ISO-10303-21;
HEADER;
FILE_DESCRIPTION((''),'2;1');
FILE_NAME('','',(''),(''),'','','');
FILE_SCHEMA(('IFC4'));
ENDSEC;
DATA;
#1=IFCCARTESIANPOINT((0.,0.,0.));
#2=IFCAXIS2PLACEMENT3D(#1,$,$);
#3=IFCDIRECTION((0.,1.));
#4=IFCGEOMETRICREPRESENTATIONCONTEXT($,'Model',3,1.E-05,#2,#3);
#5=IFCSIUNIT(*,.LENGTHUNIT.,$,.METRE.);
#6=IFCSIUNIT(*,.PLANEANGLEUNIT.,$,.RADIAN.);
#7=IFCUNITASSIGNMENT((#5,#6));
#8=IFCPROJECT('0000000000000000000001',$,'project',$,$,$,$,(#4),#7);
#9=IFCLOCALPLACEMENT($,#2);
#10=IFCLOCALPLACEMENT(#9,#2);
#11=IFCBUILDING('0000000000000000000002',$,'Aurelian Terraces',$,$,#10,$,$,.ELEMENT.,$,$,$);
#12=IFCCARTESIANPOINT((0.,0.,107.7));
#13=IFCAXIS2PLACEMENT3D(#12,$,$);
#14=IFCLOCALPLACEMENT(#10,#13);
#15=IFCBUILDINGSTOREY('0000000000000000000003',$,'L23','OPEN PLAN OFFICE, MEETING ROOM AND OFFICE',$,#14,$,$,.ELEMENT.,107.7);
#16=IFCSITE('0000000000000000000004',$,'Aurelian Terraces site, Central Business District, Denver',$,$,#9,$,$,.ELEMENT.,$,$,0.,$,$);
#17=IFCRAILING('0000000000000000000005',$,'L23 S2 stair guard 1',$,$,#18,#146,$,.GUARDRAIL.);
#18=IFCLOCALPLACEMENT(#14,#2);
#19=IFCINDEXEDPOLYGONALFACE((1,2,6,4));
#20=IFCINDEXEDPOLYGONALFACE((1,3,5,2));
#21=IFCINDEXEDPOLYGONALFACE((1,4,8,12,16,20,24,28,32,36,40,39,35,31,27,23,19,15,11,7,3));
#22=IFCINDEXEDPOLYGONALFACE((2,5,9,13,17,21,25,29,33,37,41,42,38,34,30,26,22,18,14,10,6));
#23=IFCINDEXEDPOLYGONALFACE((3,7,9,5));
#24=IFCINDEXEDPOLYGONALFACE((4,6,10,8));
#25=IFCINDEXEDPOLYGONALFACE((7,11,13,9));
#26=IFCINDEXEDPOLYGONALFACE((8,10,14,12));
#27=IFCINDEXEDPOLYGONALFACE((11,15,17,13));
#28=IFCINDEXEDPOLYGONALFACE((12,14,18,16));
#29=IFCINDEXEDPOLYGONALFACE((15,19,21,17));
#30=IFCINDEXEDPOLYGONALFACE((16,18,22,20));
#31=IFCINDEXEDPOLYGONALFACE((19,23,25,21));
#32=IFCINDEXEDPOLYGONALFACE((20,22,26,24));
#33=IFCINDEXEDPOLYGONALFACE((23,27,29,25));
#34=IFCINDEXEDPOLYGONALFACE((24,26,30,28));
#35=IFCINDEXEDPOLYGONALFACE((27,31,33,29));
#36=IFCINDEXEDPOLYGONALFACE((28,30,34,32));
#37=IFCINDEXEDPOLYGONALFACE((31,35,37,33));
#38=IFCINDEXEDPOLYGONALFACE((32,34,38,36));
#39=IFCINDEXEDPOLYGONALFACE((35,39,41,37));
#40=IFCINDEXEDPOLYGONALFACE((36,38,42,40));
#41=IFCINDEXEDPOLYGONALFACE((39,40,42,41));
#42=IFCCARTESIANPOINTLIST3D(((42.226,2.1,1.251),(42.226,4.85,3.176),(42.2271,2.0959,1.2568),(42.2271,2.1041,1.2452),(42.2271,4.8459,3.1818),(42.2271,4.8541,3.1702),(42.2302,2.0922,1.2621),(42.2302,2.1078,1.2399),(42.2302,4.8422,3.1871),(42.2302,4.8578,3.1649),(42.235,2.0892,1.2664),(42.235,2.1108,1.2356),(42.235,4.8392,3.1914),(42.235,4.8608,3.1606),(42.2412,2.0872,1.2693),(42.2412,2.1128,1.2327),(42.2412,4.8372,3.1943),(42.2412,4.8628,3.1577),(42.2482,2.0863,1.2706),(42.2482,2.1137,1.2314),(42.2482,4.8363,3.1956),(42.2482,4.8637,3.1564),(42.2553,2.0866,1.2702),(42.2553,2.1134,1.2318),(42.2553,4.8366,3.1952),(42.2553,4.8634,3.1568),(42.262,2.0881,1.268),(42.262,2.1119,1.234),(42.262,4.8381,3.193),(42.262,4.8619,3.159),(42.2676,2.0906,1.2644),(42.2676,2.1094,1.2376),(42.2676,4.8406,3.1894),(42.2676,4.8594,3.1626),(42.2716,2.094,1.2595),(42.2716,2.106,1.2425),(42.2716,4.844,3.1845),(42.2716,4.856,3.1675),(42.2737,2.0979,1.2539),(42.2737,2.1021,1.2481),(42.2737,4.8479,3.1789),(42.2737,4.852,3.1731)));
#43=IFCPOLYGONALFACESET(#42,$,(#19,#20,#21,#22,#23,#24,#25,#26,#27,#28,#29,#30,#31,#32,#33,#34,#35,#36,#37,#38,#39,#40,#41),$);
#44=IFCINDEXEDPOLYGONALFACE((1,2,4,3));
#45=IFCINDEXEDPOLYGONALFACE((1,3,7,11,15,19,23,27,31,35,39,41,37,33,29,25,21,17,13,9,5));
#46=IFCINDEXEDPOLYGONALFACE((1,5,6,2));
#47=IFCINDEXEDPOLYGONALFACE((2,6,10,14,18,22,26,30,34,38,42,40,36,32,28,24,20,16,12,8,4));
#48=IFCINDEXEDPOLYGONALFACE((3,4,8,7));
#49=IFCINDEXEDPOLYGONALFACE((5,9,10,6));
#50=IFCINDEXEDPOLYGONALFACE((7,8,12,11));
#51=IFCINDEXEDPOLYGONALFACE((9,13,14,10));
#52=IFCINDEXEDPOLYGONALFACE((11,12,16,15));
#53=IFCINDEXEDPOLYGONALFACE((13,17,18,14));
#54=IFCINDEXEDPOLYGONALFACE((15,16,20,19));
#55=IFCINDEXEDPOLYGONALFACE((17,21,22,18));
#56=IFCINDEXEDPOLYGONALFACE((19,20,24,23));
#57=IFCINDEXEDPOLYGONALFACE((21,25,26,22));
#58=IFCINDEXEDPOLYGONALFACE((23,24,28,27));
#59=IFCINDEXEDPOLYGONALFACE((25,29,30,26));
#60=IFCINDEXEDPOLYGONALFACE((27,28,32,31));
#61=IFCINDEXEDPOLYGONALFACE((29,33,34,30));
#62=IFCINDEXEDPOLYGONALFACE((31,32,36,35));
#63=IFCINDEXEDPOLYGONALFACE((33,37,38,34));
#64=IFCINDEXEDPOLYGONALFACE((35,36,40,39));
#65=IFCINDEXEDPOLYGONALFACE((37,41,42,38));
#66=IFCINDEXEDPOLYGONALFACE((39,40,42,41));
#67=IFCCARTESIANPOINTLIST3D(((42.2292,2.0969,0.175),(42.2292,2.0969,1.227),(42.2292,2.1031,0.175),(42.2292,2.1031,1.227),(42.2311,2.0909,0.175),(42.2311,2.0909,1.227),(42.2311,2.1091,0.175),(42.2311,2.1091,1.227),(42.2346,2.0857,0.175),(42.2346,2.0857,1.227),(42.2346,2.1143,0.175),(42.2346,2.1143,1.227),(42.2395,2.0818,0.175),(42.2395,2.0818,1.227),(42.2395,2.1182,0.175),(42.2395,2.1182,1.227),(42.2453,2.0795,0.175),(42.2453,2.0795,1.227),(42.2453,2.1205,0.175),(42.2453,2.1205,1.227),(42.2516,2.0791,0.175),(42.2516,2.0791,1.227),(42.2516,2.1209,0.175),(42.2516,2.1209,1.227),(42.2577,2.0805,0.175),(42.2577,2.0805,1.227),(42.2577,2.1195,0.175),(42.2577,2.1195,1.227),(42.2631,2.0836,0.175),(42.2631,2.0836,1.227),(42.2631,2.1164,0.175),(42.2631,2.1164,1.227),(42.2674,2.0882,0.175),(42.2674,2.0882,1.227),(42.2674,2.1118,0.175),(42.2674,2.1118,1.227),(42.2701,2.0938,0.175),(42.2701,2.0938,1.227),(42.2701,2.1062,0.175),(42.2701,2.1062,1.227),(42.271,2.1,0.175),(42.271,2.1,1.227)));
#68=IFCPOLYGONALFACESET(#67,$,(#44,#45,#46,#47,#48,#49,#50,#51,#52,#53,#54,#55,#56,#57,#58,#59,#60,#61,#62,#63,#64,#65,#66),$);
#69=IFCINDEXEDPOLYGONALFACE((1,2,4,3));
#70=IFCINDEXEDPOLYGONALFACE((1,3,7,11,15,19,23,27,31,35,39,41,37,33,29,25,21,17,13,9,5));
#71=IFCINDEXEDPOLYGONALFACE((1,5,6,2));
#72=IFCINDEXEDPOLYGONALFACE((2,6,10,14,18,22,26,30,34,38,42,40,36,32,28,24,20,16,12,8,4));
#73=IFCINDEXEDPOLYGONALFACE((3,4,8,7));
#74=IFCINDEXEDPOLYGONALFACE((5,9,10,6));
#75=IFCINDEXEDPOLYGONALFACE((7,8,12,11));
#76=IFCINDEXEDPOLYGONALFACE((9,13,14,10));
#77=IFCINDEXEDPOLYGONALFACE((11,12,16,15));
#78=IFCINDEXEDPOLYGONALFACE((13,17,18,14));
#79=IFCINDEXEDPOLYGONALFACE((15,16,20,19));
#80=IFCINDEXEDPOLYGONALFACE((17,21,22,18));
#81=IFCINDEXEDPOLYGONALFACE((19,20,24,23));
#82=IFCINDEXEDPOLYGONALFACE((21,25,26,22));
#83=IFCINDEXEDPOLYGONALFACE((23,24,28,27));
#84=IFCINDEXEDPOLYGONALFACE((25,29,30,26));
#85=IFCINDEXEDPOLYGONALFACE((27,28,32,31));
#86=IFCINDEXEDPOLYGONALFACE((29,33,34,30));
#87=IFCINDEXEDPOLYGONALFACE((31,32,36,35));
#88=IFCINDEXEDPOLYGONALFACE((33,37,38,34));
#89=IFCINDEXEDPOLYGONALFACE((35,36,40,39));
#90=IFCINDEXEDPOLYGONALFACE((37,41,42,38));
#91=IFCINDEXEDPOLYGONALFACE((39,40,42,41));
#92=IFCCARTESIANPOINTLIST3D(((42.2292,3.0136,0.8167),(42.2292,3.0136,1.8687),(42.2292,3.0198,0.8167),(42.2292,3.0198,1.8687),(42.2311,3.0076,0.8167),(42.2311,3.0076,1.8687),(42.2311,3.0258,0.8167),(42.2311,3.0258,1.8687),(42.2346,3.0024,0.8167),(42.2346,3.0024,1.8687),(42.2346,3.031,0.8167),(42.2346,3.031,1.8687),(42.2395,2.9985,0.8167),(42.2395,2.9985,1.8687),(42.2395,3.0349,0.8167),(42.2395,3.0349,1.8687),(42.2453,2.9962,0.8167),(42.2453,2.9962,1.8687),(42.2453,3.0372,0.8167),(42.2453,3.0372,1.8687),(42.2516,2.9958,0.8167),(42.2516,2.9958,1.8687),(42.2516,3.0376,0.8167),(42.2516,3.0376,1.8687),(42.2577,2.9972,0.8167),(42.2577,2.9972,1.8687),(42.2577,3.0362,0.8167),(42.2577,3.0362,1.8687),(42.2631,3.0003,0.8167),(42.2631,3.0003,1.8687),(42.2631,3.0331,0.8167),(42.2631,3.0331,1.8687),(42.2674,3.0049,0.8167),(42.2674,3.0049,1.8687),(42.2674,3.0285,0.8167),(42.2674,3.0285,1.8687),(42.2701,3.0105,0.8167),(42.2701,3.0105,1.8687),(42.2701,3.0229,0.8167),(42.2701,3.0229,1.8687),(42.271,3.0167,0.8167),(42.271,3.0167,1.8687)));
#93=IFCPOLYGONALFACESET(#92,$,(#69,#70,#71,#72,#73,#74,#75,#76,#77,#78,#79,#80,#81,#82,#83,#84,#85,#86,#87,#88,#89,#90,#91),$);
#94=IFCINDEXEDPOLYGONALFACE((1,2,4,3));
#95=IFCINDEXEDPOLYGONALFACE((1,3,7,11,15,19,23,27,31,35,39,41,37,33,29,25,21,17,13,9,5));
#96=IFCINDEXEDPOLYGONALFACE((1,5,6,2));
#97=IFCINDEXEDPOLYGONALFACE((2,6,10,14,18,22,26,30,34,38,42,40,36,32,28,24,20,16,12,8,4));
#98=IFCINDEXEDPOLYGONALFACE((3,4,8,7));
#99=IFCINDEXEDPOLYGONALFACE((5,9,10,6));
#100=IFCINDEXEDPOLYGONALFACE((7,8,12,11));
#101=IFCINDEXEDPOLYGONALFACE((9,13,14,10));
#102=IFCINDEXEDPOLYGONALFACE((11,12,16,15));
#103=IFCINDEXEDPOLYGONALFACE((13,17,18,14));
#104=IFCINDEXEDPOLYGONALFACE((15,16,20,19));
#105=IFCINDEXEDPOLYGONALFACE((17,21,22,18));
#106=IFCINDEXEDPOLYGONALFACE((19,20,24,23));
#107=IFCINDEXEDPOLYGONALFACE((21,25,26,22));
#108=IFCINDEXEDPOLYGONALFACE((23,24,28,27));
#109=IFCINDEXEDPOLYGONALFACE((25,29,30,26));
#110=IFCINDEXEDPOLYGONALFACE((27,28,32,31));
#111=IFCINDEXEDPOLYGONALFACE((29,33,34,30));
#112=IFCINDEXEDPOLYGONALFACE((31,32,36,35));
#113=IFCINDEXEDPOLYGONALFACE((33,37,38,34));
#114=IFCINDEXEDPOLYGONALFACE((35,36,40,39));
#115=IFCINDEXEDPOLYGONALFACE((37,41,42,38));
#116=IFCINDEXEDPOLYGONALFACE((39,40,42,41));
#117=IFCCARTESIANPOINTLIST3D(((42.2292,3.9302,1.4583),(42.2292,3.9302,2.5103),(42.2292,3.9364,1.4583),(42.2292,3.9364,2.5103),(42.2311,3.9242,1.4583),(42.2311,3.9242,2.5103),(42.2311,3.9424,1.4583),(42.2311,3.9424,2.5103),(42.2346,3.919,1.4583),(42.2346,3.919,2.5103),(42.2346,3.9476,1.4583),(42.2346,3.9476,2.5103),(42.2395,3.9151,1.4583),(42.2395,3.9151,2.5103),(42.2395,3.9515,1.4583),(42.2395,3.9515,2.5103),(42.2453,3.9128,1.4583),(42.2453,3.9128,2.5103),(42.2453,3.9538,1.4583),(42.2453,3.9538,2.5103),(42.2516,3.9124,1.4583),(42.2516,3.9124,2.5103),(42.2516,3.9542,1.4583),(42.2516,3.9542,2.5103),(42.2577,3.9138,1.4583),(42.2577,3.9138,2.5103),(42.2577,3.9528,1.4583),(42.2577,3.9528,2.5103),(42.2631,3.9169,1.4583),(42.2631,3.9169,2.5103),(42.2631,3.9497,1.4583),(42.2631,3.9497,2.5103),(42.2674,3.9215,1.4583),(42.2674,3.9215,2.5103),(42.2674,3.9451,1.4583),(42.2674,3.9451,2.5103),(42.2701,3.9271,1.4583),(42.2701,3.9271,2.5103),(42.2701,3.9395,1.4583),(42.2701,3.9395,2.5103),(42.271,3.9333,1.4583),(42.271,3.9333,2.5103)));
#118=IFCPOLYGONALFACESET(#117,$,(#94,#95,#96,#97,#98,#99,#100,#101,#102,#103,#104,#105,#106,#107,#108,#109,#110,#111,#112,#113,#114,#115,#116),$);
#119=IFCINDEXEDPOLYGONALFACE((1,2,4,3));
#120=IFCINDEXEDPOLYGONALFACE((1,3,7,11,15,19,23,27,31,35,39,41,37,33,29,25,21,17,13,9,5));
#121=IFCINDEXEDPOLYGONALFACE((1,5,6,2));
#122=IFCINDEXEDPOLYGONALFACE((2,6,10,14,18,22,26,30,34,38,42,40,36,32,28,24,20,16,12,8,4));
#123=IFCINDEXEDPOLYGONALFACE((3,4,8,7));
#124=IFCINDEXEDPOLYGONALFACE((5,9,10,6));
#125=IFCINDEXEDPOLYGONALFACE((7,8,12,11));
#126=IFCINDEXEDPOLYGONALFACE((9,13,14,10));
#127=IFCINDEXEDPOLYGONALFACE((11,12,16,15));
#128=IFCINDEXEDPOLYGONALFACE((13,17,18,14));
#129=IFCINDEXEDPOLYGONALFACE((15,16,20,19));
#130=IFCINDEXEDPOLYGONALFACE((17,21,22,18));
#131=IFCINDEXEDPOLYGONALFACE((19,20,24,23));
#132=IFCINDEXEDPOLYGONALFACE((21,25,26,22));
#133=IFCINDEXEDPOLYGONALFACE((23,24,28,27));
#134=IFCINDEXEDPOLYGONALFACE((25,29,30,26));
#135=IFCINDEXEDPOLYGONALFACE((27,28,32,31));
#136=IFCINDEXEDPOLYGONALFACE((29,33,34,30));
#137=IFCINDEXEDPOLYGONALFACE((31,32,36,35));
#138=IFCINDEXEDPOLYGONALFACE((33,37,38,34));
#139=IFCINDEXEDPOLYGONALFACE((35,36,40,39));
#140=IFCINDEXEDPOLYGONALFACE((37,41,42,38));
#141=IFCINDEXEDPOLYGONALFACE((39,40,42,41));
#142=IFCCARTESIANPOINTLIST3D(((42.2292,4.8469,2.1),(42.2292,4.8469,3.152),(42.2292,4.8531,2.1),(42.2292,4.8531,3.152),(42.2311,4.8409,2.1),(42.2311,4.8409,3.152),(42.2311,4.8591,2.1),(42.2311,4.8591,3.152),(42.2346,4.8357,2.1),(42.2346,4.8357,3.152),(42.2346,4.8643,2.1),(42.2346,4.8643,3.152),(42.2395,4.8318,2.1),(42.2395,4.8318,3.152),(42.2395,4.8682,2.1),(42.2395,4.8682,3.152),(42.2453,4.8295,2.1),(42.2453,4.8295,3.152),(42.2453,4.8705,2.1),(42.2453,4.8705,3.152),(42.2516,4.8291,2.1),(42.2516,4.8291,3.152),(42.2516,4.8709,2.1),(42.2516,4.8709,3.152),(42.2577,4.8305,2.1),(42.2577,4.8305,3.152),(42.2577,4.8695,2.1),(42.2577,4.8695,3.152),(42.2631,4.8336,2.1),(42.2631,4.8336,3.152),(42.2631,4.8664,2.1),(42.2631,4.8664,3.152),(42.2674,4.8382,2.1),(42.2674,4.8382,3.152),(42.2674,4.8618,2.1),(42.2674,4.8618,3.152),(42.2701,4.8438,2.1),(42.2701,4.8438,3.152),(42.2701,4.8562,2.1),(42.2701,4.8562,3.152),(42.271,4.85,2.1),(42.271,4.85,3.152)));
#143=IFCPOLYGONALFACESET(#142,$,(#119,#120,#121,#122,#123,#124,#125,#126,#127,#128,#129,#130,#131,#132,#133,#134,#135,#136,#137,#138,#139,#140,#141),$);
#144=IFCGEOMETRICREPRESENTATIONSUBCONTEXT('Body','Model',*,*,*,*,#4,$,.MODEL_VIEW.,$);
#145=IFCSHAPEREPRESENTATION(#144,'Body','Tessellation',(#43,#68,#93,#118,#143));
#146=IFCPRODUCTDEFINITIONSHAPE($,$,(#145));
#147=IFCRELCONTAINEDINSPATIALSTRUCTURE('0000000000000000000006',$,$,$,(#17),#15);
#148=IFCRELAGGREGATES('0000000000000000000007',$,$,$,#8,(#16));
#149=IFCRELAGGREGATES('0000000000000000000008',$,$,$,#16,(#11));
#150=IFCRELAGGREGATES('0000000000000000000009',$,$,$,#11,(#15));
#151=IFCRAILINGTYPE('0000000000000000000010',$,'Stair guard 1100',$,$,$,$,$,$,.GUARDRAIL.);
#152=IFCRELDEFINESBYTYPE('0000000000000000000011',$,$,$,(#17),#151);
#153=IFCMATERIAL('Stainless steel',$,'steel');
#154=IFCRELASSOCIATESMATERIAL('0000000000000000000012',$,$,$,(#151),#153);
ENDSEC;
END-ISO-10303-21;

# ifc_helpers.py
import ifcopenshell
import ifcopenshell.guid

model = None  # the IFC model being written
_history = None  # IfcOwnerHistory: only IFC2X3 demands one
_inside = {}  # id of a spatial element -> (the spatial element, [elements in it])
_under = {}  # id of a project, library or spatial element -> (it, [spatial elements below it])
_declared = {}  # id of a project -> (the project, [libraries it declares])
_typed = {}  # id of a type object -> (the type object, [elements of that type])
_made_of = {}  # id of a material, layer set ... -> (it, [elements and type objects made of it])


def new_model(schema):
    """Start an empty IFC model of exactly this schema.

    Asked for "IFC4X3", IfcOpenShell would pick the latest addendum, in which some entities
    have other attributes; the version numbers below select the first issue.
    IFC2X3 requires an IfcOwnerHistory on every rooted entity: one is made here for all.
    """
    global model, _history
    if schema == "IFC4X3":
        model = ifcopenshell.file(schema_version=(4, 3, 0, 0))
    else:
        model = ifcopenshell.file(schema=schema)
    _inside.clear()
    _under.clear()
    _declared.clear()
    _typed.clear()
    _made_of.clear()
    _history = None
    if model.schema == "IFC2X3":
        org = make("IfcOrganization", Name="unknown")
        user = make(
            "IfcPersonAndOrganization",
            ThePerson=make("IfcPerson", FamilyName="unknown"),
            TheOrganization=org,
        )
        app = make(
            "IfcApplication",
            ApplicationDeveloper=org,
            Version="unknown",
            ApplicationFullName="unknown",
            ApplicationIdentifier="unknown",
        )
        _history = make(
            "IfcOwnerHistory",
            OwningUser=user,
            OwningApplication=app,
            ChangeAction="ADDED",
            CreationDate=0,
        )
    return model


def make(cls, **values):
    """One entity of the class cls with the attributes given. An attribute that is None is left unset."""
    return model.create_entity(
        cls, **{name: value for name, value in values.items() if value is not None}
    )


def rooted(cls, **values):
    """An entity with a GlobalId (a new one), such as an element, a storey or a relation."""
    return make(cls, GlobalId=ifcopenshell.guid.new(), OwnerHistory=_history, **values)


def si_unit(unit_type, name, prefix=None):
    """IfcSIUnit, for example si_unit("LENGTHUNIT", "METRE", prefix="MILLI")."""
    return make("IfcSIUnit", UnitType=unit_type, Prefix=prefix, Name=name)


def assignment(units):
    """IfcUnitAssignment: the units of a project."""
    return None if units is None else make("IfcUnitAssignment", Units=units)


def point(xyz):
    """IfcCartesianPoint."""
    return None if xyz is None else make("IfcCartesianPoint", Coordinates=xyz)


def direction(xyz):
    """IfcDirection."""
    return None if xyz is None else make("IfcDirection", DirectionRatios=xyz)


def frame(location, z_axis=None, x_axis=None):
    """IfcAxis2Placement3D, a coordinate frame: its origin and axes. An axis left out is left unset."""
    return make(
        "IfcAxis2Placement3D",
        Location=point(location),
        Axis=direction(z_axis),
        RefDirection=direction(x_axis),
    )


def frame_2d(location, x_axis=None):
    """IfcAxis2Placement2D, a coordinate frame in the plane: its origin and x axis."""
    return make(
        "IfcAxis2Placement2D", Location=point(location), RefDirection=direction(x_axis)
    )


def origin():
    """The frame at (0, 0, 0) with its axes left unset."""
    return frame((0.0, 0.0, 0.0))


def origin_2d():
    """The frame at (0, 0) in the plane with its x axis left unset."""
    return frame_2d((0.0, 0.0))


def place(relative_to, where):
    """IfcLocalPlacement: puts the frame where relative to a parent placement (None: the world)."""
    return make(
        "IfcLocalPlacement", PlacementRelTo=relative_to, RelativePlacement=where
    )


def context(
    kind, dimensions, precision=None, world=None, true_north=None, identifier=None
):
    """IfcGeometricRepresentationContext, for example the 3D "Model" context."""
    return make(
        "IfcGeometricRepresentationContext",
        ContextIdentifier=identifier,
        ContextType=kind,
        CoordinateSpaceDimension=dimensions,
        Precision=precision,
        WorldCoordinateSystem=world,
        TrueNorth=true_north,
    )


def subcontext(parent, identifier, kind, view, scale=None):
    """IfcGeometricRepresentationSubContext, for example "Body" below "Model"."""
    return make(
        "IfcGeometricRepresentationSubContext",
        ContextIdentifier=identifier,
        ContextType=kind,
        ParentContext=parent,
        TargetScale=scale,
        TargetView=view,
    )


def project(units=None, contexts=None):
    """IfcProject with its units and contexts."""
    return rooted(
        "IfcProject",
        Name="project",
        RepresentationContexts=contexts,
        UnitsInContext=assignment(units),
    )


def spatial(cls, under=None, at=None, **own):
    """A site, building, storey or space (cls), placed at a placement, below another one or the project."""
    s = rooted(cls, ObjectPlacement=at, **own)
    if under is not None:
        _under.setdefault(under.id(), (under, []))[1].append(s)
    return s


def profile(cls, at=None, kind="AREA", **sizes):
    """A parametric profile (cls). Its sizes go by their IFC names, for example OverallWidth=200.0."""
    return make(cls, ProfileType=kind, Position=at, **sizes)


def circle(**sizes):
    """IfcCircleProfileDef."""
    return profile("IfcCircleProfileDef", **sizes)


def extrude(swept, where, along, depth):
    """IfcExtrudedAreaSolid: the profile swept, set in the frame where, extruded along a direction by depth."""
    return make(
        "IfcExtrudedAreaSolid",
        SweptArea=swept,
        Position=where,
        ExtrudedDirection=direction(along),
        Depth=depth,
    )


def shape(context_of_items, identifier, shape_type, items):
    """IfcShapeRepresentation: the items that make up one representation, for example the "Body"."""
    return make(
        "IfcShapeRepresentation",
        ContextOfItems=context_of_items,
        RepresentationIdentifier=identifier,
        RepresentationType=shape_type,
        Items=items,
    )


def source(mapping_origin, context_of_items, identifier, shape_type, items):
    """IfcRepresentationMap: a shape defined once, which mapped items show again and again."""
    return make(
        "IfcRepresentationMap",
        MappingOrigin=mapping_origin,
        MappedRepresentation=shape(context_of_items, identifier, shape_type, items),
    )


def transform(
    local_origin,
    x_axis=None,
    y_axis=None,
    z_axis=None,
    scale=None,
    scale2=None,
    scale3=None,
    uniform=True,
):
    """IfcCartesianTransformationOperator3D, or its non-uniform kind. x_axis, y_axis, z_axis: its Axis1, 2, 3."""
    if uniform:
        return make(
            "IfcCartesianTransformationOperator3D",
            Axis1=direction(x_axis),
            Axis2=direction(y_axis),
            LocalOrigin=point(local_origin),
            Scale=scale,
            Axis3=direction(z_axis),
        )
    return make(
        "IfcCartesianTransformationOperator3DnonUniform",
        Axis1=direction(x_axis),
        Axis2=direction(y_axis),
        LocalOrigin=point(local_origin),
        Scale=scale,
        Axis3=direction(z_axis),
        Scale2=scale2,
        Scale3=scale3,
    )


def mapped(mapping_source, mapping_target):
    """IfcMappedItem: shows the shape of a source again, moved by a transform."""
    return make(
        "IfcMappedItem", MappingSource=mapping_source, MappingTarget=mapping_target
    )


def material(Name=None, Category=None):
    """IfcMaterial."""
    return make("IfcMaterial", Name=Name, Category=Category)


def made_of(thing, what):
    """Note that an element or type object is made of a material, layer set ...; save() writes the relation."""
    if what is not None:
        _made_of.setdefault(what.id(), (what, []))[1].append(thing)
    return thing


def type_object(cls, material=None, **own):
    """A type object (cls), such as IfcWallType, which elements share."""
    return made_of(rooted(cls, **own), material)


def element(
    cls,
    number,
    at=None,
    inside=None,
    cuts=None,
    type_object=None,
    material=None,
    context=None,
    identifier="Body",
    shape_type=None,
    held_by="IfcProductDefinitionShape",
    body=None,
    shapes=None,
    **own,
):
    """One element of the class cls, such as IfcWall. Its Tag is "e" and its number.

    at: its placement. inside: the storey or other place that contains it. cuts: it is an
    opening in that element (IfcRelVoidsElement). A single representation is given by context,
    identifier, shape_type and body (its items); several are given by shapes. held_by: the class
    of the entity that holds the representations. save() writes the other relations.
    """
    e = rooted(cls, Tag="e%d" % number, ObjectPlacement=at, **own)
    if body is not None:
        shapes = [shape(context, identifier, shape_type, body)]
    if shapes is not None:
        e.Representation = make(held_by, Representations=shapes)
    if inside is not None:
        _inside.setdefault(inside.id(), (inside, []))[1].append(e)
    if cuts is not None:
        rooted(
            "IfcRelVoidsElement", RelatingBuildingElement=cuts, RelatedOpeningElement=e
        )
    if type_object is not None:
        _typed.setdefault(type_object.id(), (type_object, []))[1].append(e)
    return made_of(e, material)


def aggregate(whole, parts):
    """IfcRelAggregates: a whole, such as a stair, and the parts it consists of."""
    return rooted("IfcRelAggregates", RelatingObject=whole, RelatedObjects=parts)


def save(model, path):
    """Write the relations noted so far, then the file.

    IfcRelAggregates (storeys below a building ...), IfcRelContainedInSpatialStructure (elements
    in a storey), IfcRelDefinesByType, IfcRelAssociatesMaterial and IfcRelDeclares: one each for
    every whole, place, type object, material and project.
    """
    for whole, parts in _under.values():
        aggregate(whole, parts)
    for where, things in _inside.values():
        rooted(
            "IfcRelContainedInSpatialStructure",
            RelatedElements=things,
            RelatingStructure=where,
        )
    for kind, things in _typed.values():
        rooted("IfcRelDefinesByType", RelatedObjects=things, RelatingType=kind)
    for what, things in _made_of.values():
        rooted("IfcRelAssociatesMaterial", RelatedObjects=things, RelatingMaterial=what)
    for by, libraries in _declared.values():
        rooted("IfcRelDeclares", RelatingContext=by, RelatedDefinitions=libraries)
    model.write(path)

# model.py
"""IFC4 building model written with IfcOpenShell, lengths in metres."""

from ifc_helpers import new_model, si_unit, direction, frame, origin, origin_2d, place, context, subcontext, project, spatial, circle, extrude, source, transform, mapped, material, type_object, element, save


model = new_model("IFC4")

# Units and contexts
model_context = context("Model", 3, precision=1e-05, world=origin(), true_north=direction((0.0, 1.0)))
body_context = subcontext(model_context, "Body", "Model", "MODEL_VIEW")
ifc_project = project(units=[si_unit("LENGTHUNIT", "METRE"), si_unit("PLANEANGLEUNIT", "RADIAN")], contexts=[model_context])

# Site, building, storey
site_placement = place(None, origin())
site = spatial("IfcSite", under=ifc_project, at=site_placement, Name="Aurelian Terraces site, Central Business District, Denver", CompositionType="ELEMENT", RefElevation=0.0)
building_placement = place(site_placement, origin())
building = spatial("IfcBuilding", under=site, at=building_placement, Name="Aurelian Terraces", CompositionType="ELEMENT")
storey_placement = place(building_placement, frame((0.0, 0.0, 107.7)))
storey = spatial("IfcBuildingStorey", under=building, at=storey_placement, Name="L23", Description="OPEN PLAN OFFICE, MEETING ROOM AND OFFICE", CompositionType="ELEMENT", Elevation=107.7)

# Railing
ifc_material_1 = material(Name="Stainless steel", Category="steel")
railing_type_1 = type_object("IfcRailingType", Name="Stair guard 1100", PredefinedType="GUARDRAIL", material=ifc_material_1)
shared_shape_1 = source(origin(), body_context, "Body", "SweptSolid", [
    extrude(circle(Radius=0.024, at=origin_2d()), frame((0.0, 0.0, 1.076), z_axis=(0.0, 0.819232, 0.573462), x_axis=(-1.0, 0.0, 0.0)), (0.0, 0.0, 1.0), 3.3568),
    extrude(circle(Radius=0.021, at=origin_2d()), origin(), (0.0, 0.0, 1.0), 1.052),
    extrude(circle(Radius=0.021, at=origin_2d()), frame((0.0, 0.9167, 0.6417)), (0.0, 0.0, 1.0), 1.052),
    extrude(circle(Radius=0.021, at=origin_2d()), frame((0.0, 1.8333, 1.2833)), (0.0, 0.0, 1.0), 1.052),
    extrude(circle(Radius=0.021, at=origin_2d()), frame((0.0, 2.75, 1.925)), (0.0, 0.0, 1.0), 1.052),
])
railing_1_placement = place(storey_placement, frame((42.25, 2.1, 0.175)))
element("IfcRailing", 1, at=railing_1_placement, inside=storey, type_object=railing_type_1, Name="L23 S2 stair guard 1", PredefinedType="GUARDRAIL", context=body_context, shape_type="MappedRepresentation", body=[
    mapped(shared_shape_1, transform((0.0, 0.0, 0.0), scale=1.0)),
])

save(model, "model.ifc")
